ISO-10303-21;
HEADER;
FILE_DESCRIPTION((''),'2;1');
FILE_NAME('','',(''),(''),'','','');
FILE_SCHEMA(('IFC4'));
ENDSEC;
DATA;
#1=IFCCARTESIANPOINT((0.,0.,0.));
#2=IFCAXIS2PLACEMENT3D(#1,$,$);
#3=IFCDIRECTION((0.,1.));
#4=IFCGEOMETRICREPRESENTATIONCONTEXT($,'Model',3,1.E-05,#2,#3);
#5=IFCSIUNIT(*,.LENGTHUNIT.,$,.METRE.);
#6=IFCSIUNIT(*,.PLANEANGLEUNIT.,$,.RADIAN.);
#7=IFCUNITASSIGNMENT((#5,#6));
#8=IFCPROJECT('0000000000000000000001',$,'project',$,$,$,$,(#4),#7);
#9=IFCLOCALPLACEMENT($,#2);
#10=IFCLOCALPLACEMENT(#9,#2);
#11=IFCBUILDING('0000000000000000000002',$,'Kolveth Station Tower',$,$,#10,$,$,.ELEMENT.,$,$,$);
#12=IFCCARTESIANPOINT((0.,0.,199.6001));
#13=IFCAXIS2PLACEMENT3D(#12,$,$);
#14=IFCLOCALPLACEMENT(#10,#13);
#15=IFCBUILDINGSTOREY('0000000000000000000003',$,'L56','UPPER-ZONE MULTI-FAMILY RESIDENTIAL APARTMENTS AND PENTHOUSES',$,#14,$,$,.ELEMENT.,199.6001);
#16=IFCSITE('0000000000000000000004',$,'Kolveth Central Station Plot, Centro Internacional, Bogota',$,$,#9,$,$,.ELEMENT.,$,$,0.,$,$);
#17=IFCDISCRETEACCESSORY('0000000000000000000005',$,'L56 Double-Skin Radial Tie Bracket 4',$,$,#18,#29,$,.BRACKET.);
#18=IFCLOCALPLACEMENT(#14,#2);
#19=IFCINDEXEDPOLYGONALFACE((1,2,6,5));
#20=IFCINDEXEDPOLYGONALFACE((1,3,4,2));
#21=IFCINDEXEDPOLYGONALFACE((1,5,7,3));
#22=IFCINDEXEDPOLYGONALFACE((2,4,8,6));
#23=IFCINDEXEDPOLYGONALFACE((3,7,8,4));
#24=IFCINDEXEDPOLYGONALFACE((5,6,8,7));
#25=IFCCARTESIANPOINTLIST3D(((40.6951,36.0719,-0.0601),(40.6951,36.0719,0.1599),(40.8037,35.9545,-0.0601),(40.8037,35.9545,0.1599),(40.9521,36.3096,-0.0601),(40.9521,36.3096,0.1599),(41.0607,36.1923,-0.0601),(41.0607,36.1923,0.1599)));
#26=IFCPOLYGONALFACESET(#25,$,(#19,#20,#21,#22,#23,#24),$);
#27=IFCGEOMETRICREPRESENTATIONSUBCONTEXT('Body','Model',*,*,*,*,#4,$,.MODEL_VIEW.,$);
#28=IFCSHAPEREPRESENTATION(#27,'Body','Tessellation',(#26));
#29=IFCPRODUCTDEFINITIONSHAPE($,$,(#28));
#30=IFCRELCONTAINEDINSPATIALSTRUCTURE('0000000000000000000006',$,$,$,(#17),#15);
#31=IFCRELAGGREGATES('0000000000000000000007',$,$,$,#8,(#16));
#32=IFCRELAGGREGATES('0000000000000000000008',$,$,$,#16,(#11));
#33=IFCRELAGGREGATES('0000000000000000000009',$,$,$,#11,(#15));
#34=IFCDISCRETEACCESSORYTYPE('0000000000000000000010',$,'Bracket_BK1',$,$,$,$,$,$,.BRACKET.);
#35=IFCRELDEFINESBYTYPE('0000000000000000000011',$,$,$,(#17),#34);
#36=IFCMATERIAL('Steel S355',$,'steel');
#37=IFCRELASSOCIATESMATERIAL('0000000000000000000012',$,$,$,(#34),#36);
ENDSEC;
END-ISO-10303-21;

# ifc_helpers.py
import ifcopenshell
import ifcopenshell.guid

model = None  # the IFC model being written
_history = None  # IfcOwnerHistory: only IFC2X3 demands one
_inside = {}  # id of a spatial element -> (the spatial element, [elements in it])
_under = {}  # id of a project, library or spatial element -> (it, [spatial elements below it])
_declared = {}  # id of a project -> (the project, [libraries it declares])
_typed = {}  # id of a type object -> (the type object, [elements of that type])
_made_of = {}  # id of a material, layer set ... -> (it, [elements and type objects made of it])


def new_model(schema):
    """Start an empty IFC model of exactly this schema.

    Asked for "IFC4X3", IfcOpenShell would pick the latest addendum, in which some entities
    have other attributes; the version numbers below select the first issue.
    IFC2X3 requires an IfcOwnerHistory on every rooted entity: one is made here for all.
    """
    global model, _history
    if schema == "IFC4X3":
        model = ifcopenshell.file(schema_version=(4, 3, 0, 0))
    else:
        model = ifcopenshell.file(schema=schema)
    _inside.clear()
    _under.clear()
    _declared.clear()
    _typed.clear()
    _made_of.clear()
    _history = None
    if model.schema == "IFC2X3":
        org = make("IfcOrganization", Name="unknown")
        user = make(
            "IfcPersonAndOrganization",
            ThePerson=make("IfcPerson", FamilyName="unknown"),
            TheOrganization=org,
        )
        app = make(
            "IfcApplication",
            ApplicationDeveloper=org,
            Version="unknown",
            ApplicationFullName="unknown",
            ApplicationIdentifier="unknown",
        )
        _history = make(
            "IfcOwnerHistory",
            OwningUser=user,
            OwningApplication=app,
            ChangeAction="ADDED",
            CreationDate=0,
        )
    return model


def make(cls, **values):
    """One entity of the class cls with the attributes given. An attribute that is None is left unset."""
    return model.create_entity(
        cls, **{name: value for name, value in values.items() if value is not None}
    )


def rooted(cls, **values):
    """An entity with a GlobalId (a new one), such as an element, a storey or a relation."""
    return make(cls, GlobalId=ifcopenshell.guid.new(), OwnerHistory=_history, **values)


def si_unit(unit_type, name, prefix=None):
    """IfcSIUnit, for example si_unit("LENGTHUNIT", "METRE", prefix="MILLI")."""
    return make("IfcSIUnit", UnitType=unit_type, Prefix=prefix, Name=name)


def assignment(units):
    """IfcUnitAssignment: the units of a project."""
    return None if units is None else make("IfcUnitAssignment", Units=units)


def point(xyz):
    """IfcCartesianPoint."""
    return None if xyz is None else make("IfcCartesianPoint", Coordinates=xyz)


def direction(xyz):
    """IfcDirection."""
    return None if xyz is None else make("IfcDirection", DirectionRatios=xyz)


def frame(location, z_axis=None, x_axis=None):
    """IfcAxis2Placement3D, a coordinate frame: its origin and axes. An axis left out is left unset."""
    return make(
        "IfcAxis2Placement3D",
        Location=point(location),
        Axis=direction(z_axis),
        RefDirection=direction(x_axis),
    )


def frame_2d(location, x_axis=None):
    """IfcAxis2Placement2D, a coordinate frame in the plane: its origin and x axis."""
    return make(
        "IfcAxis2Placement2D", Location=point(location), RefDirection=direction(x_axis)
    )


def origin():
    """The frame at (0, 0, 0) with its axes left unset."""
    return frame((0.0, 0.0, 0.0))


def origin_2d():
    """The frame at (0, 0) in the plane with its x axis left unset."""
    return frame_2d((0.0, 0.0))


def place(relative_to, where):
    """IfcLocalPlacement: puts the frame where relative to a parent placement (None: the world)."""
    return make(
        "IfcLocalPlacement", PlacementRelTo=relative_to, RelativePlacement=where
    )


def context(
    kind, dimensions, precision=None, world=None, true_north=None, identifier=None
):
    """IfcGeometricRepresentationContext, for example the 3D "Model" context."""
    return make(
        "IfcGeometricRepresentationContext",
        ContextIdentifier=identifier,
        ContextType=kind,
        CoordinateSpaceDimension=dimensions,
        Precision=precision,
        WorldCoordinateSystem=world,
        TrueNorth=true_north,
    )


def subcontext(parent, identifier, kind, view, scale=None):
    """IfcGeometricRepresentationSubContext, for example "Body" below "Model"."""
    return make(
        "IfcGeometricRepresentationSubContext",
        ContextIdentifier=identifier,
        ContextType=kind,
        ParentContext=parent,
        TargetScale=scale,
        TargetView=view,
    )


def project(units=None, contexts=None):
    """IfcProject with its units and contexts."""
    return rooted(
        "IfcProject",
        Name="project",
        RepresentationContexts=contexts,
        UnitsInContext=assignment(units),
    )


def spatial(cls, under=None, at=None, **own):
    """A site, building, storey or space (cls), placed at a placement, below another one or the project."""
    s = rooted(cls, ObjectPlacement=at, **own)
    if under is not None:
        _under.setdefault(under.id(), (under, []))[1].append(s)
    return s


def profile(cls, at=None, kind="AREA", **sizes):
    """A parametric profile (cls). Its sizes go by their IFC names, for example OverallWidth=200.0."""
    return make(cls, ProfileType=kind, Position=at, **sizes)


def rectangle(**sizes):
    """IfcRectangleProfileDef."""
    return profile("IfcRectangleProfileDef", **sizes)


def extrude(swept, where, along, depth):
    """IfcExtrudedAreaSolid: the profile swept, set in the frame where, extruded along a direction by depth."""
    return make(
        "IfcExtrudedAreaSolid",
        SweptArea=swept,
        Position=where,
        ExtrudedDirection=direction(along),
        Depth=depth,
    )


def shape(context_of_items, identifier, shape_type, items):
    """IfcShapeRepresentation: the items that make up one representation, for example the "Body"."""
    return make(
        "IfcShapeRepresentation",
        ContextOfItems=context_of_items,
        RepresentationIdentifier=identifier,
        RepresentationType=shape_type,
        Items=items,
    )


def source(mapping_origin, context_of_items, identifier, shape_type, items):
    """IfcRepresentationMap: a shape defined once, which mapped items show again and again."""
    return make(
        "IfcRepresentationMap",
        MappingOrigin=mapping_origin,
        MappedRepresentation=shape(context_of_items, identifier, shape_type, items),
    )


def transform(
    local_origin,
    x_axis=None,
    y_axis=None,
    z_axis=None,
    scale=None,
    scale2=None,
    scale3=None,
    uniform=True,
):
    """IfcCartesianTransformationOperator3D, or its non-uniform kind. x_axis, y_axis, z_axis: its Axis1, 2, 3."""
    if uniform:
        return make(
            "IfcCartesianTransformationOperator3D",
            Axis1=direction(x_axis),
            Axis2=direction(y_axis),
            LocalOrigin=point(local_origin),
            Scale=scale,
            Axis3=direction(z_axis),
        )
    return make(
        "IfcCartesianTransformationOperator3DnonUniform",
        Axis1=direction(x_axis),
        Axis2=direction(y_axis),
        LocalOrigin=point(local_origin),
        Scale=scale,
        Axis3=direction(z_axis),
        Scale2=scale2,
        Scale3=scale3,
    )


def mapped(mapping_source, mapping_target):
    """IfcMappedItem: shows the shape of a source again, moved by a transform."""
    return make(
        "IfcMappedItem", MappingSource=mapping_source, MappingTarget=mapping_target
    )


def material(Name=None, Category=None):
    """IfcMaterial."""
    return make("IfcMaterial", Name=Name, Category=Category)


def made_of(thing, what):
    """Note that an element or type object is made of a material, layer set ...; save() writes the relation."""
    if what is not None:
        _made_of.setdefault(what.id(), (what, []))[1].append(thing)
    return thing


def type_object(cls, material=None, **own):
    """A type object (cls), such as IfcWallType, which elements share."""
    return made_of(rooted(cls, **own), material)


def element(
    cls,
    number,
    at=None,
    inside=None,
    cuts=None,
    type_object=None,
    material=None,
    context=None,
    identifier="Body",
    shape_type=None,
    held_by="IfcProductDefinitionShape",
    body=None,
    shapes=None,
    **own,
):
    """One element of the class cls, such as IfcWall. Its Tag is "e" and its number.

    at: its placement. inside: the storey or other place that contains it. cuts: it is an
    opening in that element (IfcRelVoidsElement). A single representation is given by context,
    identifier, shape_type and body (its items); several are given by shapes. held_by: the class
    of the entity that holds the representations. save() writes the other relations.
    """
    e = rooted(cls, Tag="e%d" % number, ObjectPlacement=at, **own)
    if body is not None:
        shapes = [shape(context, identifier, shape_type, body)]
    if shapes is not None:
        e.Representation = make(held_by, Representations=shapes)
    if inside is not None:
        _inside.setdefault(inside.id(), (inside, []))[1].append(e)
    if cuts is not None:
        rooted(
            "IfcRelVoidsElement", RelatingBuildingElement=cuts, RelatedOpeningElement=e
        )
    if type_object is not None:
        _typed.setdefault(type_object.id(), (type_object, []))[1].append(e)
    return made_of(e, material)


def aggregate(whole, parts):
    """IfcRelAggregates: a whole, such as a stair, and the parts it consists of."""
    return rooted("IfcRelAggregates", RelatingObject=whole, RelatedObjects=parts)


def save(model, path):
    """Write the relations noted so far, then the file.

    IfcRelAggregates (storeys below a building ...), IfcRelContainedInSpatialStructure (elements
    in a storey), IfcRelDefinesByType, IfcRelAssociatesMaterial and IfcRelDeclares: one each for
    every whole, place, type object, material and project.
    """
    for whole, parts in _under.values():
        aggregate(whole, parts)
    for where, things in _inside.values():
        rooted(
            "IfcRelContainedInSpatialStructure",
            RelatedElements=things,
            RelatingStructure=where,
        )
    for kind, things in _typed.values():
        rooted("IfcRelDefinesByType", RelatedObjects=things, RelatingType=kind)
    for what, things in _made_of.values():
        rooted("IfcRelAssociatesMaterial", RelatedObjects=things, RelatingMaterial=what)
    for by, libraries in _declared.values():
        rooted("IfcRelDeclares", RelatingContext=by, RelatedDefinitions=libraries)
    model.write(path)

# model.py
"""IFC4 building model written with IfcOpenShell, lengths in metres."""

from ifc_helpers import new_model, si_unit, direction, frame, origin, origin_2d, place, context, subcontext, project, spatial, rectangle, extrude, source, transform, mapped, material, type_object, element, save


model = new_model("IFC4")

# Units and contexts
model_context = context("Model", 3, precision=1e-05, world=origin(), true_north=direction((0.0, 1.0)))
body_context = subcontext(model_context, "Body", "Model", "MODEL_VIEW")
ifc_project = project(units=[si_unit("LENGTHUNIT", "METRE"), si_unit("PLANEANGLEUNIT", "RADIAN")], contexts=[model_context])

# Site, building, storey
site_placement = place(None, origin())
site = spatial("IfcSite", under=ifc_project, at=site_placement, Name="Kolveth Central Station Plot, Centro Internacional, Bogota", CompositionType="ELEMENT", RefElevation=0.0)
building_placement = place(site_placement, origin())
building = spatial("IfcBuilding", under=site, at=building_placement, Name="Kolveth Station Tower", CompositionType="ELEMENT")
storey_placement = place(building_placement, frame((0.0, 0.0, 199.6001)))
storey = spatial("IfcBuildingStorey", under=building, at=storey_placement, Name="L56", Description="UPPER-ZONE MULTI-FAMILY RESIDENTIAL APARTMENTS AND PENTHOUSES", CompositionType="ELEMENT", Elevation=199.6001)

# Discrete accessory
ifc_material_1 = material(Name="Steel S355", Category="steel")
discrete_accessory_type = type_object("IfcDiscreteAccessoryType", Name="Bracket_BK1", PredefinedType="BRACKET", material=ifc_material_1)
shared_shape_1 = source(origin(), body_context, "Body", "SweptSolid", [
    extrude(rectangle(XDim=0.3501, YDim=0.1599, at=origin_2d()), origin(), (0.0, 0.0, 1.0), 0.22),
])
discrete_accessory_placement = place(storey_placement, frame((40.8779, 36.1321, -0.0601), z_axis=(0.0, 0.0, 1.0), x_axis=(0.734086, 0.679057, 0.0)))
element("IfcDiscreteAccessory", 1, at=discrete_accessory_placement, inside=storey, type_object=discrete_accessory_type, Name="L56 Double-Skin Radial Tie Bracket 4", PredefinedType="BRACKET", context=body_context, shape_type="MappedRepresentation", body=[
    mapped(shared_shape_1, transform((0.0, 0.0, 0.0), x_axis=(1.0, 0.0, 0.0), y_axis=(0.0, 1.0, 0.0), z_axis=(0.0, 0.0, 1.0), scale=1.0)),
])

save(model, "model.ifc")
